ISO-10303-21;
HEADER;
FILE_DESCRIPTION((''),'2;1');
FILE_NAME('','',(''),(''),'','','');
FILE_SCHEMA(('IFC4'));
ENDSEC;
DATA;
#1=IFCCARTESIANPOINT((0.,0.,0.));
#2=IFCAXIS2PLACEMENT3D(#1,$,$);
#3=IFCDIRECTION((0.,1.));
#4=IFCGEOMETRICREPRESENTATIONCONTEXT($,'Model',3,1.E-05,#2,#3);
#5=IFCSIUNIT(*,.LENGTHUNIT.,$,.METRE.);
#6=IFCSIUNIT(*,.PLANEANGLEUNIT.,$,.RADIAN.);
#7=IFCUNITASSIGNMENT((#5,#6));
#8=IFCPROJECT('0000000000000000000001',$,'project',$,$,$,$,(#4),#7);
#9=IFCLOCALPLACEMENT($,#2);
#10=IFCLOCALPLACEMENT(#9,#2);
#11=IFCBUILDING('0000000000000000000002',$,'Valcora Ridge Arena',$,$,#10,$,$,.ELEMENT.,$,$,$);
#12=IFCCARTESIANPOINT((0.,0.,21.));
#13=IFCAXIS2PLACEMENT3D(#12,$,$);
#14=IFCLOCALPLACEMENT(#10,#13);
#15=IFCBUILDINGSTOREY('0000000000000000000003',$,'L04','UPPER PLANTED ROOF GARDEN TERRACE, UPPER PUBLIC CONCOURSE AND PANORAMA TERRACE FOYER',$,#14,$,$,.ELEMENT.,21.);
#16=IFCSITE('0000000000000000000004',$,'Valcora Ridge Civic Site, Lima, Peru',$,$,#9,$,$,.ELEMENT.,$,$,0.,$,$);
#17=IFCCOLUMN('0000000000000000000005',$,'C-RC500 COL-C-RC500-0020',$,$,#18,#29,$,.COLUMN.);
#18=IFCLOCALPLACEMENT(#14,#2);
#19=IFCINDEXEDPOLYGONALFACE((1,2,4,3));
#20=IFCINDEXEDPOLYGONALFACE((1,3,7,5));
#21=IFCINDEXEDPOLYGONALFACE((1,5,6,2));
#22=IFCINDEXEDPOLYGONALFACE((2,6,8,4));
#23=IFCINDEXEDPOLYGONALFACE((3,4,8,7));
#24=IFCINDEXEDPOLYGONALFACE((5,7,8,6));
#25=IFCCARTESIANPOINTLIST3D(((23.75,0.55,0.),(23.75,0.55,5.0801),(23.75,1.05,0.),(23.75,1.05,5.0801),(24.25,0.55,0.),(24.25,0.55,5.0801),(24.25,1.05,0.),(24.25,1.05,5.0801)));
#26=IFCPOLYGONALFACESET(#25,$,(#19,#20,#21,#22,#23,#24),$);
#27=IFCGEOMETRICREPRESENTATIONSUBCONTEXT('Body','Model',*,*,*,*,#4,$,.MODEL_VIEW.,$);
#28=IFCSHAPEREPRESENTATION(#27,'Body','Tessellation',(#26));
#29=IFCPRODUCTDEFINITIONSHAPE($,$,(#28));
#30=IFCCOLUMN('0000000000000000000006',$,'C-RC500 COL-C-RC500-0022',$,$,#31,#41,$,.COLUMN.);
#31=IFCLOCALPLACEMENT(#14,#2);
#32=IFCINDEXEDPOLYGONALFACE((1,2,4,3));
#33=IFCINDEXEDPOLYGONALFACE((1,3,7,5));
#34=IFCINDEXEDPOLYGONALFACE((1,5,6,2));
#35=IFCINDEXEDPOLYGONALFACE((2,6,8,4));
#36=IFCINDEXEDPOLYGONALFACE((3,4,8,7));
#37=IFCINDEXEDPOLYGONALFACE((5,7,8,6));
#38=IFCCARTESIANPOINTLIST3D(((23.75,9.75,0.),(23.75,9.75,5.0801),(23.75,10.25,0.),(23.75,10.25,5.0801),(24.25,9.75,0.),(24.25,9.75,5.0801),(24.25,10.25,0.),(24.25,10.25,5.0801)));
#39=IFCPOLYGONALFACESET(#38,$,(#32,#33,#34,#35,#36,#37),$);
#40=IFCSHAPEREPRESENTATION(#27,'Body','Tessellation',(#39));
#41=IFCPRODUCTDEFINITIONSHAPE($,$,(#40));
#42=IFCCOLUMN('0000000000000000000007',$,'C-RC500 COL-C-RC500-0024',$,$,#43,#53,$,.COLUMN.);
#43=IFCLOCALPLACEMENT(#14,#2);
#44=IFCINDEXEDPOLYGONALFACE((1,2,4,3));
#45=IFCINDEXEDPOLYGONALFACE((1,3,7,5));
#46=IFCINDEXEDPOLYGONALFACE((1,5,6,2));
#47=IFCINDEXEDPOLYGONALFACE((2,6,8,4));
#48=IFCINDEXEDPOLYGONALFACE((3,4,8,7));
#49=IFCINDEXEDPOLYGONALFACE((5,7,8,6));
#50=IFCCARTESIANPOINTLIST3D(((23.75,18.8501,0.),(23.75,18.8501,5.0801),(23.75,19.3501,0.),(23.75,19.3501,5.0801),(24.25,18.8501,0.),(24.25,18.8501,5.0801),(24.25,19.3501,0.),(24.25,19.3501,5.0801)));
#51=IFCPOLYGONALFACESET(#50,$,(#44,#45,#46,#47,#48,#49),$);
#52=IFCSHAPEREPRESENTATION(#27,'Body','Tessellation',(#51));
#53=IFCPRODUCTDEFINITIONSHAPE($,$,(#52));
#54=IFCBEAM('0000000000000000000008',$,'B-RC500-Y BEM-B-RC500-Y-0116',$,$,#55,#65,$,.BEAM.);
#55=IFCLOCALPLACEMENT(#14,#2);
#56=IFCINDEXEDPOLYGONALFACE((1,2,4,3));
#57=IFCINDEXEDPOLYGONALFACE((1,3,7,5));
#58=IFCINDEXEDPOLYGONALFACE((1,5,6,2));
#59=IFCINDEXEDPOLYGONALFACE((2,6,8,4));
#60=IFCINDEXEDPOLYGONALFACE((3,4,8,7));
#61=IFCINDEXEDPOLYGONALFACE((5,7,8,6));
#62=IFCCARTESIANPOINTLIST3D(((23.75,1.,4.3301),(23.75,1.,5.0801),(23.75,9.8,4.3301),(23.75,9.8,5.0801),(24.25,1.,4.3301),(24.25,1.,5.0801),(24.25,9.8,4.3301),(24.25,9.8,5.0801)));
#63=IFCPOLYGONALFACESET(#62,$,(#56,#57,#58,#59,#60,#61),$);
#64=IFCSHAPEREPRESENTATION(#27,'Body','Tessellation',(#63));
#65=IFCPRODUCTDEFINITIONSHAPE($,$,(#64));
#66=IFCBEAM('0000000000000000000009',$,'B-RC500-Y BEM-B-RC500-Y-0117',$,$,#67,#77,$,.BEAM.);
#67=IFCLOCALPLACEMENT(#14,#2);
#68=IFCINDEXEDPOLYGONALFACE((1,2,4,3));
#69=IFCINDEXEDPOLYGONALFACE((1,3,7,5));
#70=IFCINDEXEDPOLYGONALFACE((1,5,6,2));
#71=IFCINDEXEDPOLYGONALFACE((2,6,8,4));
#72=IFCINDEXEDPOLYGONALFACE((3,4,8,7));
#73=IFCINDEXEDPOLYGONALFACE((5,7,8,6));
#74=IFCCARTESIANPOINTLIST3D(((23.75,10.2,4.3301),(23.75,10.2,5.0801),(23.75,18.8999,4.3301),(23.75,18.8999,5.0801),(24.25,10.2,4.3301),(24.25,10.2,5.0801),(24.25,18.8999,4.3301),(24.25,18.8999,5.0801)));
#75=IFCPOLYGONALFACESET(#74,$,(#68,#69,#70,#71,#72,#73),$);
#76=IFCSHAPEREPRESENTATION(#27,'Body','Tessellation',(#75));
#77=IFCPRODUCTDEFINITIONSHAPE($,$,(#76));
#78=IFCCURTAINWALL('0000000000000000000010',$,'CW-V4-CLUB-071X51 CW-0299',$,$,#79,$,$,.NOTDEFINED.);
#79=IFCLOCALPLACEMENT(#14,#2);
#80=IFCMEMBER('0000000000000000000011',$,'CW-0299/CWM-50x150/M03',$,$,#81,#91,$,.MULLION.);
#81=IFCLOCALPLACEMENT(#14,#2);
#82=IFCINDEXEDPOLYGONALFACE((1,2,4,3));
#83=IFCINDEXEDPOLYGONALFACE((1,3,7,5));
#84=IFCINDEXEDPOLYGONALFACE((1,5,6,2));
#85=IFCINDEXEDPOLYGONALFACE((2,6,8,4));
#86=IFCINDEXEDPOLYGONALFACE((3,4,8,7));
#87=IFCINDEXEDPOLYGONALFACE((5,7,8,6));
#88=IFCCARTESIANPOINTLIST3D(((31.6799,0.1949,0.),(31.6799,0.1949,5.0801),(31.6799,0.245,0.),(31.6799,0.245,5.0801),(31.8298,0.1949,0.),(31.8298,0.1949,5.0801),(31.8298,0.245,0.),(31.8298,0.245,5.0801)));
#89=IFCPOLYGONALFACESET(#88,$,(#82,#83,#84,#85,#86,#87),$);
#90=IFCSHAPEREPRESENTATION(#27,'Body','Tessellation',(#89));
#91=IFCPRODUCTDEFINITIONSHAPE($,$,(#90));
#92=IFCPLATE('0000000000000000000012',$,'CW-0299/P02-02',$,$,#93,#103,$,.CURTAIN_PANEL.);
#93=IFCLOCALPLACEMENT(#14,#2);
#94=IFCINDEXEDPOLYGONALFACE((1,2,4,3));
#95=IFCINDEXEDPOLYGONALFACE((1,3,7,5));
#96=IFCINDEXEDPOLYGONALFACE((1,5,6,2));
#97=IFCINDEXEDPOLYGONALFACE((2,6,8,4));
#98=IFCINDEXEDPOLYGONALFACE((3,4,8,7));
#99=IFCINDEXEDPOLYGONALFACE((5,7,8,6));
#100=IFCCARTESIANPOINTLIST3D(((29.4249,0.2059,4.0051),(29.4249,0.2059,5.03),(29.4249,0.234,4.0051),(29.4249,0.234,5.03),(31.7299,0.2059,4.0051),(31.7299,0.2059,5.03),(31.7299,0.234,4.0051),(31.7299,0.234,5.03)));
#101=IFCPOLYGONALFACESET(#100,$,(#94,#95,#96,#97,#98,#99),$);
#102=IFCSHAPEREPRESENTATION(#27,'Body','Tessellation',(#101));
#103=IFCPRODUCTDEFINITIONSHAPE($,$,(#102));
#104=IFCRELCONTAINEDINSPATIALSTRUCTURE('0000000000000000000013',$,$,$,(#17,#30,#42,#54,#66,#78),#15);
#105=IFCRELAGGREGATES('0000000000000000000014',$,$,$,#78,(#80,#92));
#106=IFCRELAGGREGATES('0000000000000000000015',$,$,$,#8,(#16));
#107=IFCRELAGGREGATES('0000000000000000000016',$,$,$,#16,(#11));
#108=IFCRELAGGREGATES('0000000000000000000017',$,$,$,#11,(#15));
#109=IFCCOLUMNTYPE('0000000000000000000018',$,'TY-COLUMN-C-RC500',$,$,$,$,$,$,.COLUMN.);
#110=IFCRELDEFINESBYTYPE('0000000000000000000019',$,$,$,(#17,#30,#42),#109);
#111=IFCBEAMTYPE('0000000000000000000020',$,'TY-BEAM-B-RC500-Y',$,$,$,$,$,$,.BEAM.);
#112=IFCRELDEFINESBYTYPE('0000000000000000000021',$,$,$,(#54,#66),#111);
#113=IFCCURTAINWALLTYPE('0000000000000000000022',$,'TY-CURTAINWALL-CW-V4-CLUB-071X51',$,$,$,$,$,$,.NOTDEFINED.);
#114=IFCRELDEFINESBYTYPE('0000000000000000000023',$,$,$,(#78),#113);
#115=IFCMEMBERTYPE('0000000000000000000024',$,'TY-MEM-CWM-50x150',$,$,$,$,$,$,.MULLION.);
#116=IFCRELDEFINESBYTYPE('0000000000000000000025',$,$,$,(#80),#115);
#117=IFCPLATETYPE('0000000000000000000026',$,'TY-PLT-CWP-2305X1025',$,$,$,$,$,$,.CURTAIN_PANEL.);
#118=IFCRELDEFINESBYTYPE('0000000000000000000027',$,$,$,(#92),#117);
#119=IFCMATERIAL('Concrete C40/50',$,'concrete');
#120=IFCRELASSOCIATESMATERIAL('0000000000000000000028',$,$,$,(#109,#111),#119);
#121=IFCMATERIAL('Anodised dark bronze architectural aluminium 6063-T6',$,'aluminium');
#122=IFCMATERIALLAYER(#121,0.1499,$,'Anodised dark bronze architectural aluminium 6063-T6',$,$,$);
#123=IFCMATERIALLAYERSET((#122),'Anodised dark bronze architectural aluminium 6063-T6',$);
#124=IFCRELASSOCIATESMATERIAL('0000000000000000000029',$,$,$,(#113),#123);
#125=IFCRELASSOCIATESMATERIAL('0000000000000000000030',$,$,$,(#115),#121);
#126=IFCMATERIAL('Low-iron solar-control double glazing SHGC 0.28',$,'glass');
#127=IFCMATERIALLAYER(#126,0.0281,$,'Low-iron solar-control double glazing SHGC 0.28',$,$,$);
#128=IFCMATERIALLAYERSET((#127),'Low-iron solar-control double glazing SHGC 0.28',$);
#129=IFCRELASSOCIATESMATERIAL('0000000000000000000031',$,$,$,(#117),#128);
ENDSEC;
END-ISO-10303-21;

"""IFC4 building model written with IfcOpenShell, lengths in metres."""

from ifc_helpers import new_model, si_unit, direction, frame, origin, origin_2d, place, context, subcontext, project, spatial, rectangle, extrude, material, layer, layer_set, material_profile, profile_set, type_object, element, aggregate, save


model = new_model("IFC4")

# Units and contexts
model_context = context("Model", 3, precision=1e-05, world=origin(), true_north=direction((0.0, 1.0)))
body_context = subcontext(model_context, "Body", "Model", "MODEL_VIEW")
ifc_project = project(units=[si_unit("LENGTHUNIT", "METRE"), si_unit("PLANEANGLEUNIT", "RADIAN")], contexts=[model_context])

# Site, building, storey
site_placement = place(None, origin())
site = spatial("IfcSite", under=ifc_project, at=site_placement, Name="Valcora Ridge Civic Site, Lima, Peru", CompositionType="ELEMENT", RefElevation=0.0)
building_placement = place(site_placement, origin())
building = spatial("IfcBuilding", under=site, at=building_placement, Name="Valcora Ridge Arena", CompositionType="ELEMENT")
storey_placement = place(building_placement, frame((0.0, 0.0, 21.0)))
storey = spatial("IfcBuildingStorey", under=building, at=storey_placement, Name="L04", Description="UPPER PLANTED ROOF GARDEN TERRACE, UPPER PUBLIC CONCOURSE AND PANORAMA TERRACE FOYER", CompositionType="ELEMENT", Elevation=21.0)

# Columns
ifc_material_1 = material(Name="Concrete C40/50", Category="concrete")
ifc_material_profile_1 = material_profile(ifc_material_1, rectangle(XDim=0.5, YDim=0.5, at=origin_2d()), Name="RC 500x500")
ifc_profile_set_1 = profile_set([ifc_material_profile_1], Name="Concrete C40/50")
column_type = type_object("IfcColumnType", Name="TY-COLUMN-C-RC500", PredefinedType="COLUMN", material=ifc_profile_set_1)
for number, where, z_axis, x_axis, name in (
    (1, (24.0, 0.8, 0.0), (0.0, 0.0, 1.0), (1.0, 0.0, 0.0), "C-RC500 COL-C-RC500-0020"),
    (2, (24.0, 10.0, 0.0), (0.0, 0.0, 1.0), (1.0, 0.0, 0.0), "C-RC500 COL-C-RC500-0022"),
    (3, (24.0, 19.1001, 0.0), (0.0, 0.0, 1.0), (1.0, 0.0, 0.0), "C-RC500 COL-C-RC500-0024"),
):
    element("IfcColumn", number, at=place(storey_placement, frame(where, z_axis=z_axis, x_axis=x_axis)), inside=storey, type_object=column_type, Name=name, PredefinedType="COLUMN", context=body_context, shape_type="SweptSolid", body=[
        extrude(rectangle(XDim=0.5, YDim=0.5, at=origin_2d()), origin(), (0.0, 0.0, 1.0), 5.0801),
    ])

# Beams
ifc_material_profile_2 = material_profile(ifc_material_1, rectangle(XDim=0.5, YDim=0.75, at=origin_2d()), Name="RC 500x750")
ifc_profile_set_2 = profile_set([ifc_material_profile_2], Name="Concrete C40/50")
beam_type = type_object("IfcBeamType", Name="TY-BEAM-B-RC500-Y", PredefinedType="BEAM", material=ifc_profile_set_2)
beam_1_placement = place(storey_placement, frame((24.0, 1.0, 4.7051), z_axis=(0.0, 1.0, 0.0), x_axis=(-1.0, 0.0, 0.0)))
element("IfcBeam", 4, at=beam_1_placement, inside=storey, type_object=beam_type, Name="B-RC500-Y BEM-B-RC500-Y-0116", PredefinedType="BEAM", context=body_context, shape_type="SweptSolid", body=[
    extrude(rectangle(XDim=0.5, YDim=0.75, at=origin_2d()), origin(), (0.0, 0.0, 1.0), 8.8),
])
beam_2_placement = place(storey_placement, frame((24.0, 10.2, 4.7051), z_axis=(0.0, 1.0, 0.0), x_axis=(-1.0, 0.0, 0.0)))
element("IfcBeam", 5, at=beam_2_placement, inside=storey, type_object=beam_type, Name="B-RC500-Y BEM-B-RC500-Y-0117", PredefinedType="BEAM", context=body_context, shape_type="SweptSolid", body=[
    extrude(rectangle(XDim=0.5, YDim=0.75, at=origin_2d()), origin(), (0.0, 0.0, 1.0), 8.7),
])

# Curtain wall, member, plate
ifc_material_2 = material(Name="Anodised dark bronze architectural aluminium 6063-T6", Category="aluminium")
ifc_layer_1 = layer(ifc_material_2, 0.1499, Name="Anodised dark bronze architectural aluminium 6063-T6")
ifc_layer_set_1 = layer_set([ifc_layer_1], Name="Anodised dark bronze architectural aluminium 6063-T6")
curtain_wall_type = type_object("IfcCurtainWallType", Name="TY-CURTAINWALL-CW-V4-CLUB-071X51", PredefinedType="NOTDEFINED", material=ifc_layer_set_1)
curtain_wall_placement = place(storey_placement, origin())
curtain_wall = element("IfcCurtainWall", 6, at=curtain_wall_placement, inside=storey, type_object=curtain_wall_type, Name="CW-V4-CLUB-071X51 CW-0299", PredefinedType="NOTDEFINED")
ifc_material_profile_3 = material_profile(ifc_material_2, rectangle(XDim=0.05, YDim=0.1499, at=origin_2d()), Name="ALU MULLION 50x150")
ifc_profile_set_3 = profile_set([ifc_material_profile_3], Name="Anodised dark bronze architectural aluminium 6063-T6")
member_type = type_object("IfcMemberType", Name="TY-MEM-CWM-50x150", PredefinedType="MULLION", material=ifc_profile_set_3)
member_placement = place(storey_placement, frame((31.7549, 0.22, 0.0), z_axis=(0.0, 0.0, 1.0), x_axis=(0.0, 1.0, 0.0)))
member = element("IfcMember", 7, at=member_placement, type_object=member_type, Name="CW-0299/CWM-50x150/M03", PredefinedType="MULLION", context=body_context, shape_type="SweptSolid", body=[
    extrude(rectangle(XDim=0.05, YDim=0.1499, at=origin_2d()), origin(), (0.0, 0.0, 1.0), 5.0801),
])
ifc_material_3 = material(Name="Low-iron solar-control double glazing SHGC 0.28", Category="glass")
ifc_layer_2 = layer(ifc_material_3, 0.0281, Name="Low-iron solar-control double glazing SHGC 0.28")
ifc_layer_set_2 = layer_set([ifc_layer_2], Name="Low-iron solar-control double glazing SHGC 0.28")
plate_type = type_object("IfcPlateType", Name="TY-PLT-CWP-2305X1025", PredefinedType="CURTAIN_PANEL", material=ifc_layer_set_2)
plate_placement = place(storey_placement, frame((30.5774, 0.22, 4.0051), z_axis=(0.0, 0.0, 1.0), x_axis=(1.0, 0.0, 0.0)))
plate = element("IfcPlate", 8, at=plate_placement, type_object=plate_type, Name="CW-0299/P02-02", PredefinedType="CURTAIN_PANEL", context=body_context, shape_type="SweptSolid", body=[
    extrude(rectangle(XDim=2.3049, YDim=0.0281, at=origin_2d()), origin(), (0.0, 0.0, 1.0), 1.0249),
])
aggregate(curtain_wall, [member, plate])

save(model, "model.ifc")
